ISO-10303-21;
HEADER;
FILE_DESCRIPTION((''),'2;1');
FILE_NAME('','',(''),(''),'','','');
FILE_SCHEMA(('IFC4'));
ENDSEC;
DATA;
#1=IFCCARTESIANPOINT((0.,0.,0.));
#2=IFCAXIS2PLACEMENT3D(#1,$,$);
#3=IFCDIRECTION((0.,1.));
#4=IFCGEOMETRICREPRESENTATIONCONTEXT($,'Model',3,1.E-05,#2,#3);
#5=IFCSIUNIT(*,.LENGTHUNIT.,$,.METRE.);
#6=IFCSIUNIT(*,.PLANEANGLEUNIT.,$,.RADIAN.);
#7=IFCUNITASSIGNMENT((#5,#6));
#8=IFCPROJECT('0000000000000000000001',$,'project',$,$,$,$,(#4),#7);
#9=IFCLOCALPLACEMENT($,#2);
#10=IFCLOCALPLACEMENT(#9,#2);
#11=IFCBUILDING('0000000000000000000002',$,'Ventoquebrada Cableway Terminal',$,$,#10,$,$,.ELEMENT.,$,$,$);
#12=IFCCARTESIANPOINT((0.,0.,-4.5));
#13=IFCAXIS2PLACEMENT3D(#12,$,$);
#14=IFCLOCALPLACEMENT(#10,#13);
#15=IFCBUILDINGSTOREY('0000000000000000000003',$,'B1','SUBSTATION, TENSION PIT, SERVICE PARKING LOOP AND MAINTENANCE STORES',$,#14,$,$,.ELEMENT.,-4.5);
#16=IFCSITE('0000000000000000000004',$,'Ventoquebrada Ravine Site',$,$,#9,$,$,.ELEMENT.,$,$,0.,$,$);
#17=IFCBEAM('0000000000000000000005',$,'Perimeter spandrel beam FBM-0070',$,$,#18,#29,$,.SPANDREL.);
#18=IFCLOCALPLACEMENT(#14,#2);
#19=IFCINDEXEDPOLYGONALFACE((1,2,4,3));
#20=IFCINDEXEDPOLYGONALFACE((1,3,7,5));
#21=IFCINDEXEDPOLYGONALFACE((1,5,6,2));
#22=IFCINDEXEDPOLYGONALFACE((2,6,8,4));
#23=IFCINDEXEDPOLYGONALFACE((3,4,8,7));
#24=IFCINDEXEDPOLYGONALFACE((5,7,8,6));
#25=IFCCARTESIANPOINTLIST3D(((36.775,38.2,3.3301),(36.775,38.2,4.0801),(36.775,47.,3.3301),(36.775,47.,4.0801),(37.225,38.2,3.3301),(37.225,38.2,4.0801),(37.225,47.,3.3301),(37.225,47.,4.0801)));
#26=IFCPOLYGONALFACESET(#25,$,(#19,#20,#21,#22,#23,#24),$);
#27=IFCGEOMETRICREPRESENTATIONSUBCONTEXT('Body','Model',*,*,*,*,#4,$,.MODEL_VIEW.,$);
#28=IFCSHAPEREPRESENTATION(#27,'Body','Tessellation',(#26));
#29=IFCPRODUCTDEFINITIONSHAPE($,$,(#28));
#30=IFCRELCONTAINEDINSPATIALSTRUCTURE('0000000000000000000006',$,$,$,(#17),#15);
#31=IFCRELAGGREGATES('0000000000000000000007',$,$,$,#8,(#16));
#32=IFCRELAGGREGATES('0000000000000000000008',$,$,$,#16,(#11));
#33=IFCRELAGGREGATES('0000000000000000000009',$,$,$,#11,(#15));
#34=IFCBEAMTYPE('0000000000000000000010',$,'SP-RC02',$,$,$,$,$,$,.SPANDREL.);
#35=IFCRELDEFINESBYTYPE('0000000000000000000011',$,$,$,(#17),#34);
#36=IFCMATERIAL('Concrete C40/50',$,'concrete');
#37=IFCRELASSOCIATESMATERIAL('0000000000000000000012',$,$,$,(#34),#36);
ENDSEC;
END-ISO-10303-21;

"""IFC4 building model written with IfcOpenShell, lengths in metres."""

from ifc_helpers import new_model, si_unit, direction, frame, origin, origin_2d, place, context, subcontext, project, spatial, rectangle, extrude, material, material_profile, profile_set, type_object, element, save


model = new_model("IFC4")

# Units and contexts
model_context = context("Model", 3, precision=1e-05, world=origin(), true_north=direction((0.0, 1.0)))
body_context = subcontext(model_context, "Body", "Model", "MODEL_VIEW")
ifc_project = project(units=[si_unit("LENGTHUNIT", "METRE"), si_unit("PLANEANGLEUNIT", "RADIAN")], contexts=[model_context])

# Site, building, storey
site_placement = place(None, origin())
site = spatial("IfcSite", under=ifc_project, at=site_placement, Name="Ventoquebrada Ravine Site", CompositionType="ELEMENT", RefElevation=0.0)
building_placement = place(site_placement, origin())
building = spatial("IfcBuilding", under=site, at=building_placement, Name="Ventoquebrada Cableway Terminal", CompositionType="ELEMENT")
storey_placement = place(building_placement, frame((0.0, 0.0, -4.5)))
storey = spatial("IfcBuildingStorey", under=building, at=storey_placement, Name="B1", Description="SUBSTATION, TENSION PIT, SERVICE PARKING LOOP AND MAINTENANCE STORES", CompositionType="ELEMENT", Elevation=-4.5)

# Shared definitions
ifc_material = material(Name="Concrete C40/50", Category="concrete")

# Beam
ifc_material_profile_1 = material_profile(ifc_material, rectangle(XDim=0.45, YDim=0.75, at=origin_2d()), Name="RC-BM-450X750")
ifc_profile_set_1 = profile_set([ifc_material_profile_1], Name="Concrete C40/50")
beam_type_1 = type_object("IfcBeamType", Name="SP-RC02", PredefinedType="SPANDREL", material=ifc_profile_set_1)
beam_1_placement = place(storey_placement, frame((37.0, 38.2, 3.7051), z_axis=(0.0, 1.0, 0.0), x_axis=(-1.0, 0.0, 0.0)))
element("IfcBeam", 1, at=beam_1_placement, inside=storey, type_object=beam_type_1, Name="Perimeter spandrel beam FBM-0070", PredefinedType="SPANDREL", context=body_context, shape_type="SweptSolid", body=[
    extrude(rectangle(XDim=0.45, YDim=0.75, at=origin_2d()), origin(), (0.0, 0.0, 1.0), 8.8),
])

save(model, "model.ifc")
